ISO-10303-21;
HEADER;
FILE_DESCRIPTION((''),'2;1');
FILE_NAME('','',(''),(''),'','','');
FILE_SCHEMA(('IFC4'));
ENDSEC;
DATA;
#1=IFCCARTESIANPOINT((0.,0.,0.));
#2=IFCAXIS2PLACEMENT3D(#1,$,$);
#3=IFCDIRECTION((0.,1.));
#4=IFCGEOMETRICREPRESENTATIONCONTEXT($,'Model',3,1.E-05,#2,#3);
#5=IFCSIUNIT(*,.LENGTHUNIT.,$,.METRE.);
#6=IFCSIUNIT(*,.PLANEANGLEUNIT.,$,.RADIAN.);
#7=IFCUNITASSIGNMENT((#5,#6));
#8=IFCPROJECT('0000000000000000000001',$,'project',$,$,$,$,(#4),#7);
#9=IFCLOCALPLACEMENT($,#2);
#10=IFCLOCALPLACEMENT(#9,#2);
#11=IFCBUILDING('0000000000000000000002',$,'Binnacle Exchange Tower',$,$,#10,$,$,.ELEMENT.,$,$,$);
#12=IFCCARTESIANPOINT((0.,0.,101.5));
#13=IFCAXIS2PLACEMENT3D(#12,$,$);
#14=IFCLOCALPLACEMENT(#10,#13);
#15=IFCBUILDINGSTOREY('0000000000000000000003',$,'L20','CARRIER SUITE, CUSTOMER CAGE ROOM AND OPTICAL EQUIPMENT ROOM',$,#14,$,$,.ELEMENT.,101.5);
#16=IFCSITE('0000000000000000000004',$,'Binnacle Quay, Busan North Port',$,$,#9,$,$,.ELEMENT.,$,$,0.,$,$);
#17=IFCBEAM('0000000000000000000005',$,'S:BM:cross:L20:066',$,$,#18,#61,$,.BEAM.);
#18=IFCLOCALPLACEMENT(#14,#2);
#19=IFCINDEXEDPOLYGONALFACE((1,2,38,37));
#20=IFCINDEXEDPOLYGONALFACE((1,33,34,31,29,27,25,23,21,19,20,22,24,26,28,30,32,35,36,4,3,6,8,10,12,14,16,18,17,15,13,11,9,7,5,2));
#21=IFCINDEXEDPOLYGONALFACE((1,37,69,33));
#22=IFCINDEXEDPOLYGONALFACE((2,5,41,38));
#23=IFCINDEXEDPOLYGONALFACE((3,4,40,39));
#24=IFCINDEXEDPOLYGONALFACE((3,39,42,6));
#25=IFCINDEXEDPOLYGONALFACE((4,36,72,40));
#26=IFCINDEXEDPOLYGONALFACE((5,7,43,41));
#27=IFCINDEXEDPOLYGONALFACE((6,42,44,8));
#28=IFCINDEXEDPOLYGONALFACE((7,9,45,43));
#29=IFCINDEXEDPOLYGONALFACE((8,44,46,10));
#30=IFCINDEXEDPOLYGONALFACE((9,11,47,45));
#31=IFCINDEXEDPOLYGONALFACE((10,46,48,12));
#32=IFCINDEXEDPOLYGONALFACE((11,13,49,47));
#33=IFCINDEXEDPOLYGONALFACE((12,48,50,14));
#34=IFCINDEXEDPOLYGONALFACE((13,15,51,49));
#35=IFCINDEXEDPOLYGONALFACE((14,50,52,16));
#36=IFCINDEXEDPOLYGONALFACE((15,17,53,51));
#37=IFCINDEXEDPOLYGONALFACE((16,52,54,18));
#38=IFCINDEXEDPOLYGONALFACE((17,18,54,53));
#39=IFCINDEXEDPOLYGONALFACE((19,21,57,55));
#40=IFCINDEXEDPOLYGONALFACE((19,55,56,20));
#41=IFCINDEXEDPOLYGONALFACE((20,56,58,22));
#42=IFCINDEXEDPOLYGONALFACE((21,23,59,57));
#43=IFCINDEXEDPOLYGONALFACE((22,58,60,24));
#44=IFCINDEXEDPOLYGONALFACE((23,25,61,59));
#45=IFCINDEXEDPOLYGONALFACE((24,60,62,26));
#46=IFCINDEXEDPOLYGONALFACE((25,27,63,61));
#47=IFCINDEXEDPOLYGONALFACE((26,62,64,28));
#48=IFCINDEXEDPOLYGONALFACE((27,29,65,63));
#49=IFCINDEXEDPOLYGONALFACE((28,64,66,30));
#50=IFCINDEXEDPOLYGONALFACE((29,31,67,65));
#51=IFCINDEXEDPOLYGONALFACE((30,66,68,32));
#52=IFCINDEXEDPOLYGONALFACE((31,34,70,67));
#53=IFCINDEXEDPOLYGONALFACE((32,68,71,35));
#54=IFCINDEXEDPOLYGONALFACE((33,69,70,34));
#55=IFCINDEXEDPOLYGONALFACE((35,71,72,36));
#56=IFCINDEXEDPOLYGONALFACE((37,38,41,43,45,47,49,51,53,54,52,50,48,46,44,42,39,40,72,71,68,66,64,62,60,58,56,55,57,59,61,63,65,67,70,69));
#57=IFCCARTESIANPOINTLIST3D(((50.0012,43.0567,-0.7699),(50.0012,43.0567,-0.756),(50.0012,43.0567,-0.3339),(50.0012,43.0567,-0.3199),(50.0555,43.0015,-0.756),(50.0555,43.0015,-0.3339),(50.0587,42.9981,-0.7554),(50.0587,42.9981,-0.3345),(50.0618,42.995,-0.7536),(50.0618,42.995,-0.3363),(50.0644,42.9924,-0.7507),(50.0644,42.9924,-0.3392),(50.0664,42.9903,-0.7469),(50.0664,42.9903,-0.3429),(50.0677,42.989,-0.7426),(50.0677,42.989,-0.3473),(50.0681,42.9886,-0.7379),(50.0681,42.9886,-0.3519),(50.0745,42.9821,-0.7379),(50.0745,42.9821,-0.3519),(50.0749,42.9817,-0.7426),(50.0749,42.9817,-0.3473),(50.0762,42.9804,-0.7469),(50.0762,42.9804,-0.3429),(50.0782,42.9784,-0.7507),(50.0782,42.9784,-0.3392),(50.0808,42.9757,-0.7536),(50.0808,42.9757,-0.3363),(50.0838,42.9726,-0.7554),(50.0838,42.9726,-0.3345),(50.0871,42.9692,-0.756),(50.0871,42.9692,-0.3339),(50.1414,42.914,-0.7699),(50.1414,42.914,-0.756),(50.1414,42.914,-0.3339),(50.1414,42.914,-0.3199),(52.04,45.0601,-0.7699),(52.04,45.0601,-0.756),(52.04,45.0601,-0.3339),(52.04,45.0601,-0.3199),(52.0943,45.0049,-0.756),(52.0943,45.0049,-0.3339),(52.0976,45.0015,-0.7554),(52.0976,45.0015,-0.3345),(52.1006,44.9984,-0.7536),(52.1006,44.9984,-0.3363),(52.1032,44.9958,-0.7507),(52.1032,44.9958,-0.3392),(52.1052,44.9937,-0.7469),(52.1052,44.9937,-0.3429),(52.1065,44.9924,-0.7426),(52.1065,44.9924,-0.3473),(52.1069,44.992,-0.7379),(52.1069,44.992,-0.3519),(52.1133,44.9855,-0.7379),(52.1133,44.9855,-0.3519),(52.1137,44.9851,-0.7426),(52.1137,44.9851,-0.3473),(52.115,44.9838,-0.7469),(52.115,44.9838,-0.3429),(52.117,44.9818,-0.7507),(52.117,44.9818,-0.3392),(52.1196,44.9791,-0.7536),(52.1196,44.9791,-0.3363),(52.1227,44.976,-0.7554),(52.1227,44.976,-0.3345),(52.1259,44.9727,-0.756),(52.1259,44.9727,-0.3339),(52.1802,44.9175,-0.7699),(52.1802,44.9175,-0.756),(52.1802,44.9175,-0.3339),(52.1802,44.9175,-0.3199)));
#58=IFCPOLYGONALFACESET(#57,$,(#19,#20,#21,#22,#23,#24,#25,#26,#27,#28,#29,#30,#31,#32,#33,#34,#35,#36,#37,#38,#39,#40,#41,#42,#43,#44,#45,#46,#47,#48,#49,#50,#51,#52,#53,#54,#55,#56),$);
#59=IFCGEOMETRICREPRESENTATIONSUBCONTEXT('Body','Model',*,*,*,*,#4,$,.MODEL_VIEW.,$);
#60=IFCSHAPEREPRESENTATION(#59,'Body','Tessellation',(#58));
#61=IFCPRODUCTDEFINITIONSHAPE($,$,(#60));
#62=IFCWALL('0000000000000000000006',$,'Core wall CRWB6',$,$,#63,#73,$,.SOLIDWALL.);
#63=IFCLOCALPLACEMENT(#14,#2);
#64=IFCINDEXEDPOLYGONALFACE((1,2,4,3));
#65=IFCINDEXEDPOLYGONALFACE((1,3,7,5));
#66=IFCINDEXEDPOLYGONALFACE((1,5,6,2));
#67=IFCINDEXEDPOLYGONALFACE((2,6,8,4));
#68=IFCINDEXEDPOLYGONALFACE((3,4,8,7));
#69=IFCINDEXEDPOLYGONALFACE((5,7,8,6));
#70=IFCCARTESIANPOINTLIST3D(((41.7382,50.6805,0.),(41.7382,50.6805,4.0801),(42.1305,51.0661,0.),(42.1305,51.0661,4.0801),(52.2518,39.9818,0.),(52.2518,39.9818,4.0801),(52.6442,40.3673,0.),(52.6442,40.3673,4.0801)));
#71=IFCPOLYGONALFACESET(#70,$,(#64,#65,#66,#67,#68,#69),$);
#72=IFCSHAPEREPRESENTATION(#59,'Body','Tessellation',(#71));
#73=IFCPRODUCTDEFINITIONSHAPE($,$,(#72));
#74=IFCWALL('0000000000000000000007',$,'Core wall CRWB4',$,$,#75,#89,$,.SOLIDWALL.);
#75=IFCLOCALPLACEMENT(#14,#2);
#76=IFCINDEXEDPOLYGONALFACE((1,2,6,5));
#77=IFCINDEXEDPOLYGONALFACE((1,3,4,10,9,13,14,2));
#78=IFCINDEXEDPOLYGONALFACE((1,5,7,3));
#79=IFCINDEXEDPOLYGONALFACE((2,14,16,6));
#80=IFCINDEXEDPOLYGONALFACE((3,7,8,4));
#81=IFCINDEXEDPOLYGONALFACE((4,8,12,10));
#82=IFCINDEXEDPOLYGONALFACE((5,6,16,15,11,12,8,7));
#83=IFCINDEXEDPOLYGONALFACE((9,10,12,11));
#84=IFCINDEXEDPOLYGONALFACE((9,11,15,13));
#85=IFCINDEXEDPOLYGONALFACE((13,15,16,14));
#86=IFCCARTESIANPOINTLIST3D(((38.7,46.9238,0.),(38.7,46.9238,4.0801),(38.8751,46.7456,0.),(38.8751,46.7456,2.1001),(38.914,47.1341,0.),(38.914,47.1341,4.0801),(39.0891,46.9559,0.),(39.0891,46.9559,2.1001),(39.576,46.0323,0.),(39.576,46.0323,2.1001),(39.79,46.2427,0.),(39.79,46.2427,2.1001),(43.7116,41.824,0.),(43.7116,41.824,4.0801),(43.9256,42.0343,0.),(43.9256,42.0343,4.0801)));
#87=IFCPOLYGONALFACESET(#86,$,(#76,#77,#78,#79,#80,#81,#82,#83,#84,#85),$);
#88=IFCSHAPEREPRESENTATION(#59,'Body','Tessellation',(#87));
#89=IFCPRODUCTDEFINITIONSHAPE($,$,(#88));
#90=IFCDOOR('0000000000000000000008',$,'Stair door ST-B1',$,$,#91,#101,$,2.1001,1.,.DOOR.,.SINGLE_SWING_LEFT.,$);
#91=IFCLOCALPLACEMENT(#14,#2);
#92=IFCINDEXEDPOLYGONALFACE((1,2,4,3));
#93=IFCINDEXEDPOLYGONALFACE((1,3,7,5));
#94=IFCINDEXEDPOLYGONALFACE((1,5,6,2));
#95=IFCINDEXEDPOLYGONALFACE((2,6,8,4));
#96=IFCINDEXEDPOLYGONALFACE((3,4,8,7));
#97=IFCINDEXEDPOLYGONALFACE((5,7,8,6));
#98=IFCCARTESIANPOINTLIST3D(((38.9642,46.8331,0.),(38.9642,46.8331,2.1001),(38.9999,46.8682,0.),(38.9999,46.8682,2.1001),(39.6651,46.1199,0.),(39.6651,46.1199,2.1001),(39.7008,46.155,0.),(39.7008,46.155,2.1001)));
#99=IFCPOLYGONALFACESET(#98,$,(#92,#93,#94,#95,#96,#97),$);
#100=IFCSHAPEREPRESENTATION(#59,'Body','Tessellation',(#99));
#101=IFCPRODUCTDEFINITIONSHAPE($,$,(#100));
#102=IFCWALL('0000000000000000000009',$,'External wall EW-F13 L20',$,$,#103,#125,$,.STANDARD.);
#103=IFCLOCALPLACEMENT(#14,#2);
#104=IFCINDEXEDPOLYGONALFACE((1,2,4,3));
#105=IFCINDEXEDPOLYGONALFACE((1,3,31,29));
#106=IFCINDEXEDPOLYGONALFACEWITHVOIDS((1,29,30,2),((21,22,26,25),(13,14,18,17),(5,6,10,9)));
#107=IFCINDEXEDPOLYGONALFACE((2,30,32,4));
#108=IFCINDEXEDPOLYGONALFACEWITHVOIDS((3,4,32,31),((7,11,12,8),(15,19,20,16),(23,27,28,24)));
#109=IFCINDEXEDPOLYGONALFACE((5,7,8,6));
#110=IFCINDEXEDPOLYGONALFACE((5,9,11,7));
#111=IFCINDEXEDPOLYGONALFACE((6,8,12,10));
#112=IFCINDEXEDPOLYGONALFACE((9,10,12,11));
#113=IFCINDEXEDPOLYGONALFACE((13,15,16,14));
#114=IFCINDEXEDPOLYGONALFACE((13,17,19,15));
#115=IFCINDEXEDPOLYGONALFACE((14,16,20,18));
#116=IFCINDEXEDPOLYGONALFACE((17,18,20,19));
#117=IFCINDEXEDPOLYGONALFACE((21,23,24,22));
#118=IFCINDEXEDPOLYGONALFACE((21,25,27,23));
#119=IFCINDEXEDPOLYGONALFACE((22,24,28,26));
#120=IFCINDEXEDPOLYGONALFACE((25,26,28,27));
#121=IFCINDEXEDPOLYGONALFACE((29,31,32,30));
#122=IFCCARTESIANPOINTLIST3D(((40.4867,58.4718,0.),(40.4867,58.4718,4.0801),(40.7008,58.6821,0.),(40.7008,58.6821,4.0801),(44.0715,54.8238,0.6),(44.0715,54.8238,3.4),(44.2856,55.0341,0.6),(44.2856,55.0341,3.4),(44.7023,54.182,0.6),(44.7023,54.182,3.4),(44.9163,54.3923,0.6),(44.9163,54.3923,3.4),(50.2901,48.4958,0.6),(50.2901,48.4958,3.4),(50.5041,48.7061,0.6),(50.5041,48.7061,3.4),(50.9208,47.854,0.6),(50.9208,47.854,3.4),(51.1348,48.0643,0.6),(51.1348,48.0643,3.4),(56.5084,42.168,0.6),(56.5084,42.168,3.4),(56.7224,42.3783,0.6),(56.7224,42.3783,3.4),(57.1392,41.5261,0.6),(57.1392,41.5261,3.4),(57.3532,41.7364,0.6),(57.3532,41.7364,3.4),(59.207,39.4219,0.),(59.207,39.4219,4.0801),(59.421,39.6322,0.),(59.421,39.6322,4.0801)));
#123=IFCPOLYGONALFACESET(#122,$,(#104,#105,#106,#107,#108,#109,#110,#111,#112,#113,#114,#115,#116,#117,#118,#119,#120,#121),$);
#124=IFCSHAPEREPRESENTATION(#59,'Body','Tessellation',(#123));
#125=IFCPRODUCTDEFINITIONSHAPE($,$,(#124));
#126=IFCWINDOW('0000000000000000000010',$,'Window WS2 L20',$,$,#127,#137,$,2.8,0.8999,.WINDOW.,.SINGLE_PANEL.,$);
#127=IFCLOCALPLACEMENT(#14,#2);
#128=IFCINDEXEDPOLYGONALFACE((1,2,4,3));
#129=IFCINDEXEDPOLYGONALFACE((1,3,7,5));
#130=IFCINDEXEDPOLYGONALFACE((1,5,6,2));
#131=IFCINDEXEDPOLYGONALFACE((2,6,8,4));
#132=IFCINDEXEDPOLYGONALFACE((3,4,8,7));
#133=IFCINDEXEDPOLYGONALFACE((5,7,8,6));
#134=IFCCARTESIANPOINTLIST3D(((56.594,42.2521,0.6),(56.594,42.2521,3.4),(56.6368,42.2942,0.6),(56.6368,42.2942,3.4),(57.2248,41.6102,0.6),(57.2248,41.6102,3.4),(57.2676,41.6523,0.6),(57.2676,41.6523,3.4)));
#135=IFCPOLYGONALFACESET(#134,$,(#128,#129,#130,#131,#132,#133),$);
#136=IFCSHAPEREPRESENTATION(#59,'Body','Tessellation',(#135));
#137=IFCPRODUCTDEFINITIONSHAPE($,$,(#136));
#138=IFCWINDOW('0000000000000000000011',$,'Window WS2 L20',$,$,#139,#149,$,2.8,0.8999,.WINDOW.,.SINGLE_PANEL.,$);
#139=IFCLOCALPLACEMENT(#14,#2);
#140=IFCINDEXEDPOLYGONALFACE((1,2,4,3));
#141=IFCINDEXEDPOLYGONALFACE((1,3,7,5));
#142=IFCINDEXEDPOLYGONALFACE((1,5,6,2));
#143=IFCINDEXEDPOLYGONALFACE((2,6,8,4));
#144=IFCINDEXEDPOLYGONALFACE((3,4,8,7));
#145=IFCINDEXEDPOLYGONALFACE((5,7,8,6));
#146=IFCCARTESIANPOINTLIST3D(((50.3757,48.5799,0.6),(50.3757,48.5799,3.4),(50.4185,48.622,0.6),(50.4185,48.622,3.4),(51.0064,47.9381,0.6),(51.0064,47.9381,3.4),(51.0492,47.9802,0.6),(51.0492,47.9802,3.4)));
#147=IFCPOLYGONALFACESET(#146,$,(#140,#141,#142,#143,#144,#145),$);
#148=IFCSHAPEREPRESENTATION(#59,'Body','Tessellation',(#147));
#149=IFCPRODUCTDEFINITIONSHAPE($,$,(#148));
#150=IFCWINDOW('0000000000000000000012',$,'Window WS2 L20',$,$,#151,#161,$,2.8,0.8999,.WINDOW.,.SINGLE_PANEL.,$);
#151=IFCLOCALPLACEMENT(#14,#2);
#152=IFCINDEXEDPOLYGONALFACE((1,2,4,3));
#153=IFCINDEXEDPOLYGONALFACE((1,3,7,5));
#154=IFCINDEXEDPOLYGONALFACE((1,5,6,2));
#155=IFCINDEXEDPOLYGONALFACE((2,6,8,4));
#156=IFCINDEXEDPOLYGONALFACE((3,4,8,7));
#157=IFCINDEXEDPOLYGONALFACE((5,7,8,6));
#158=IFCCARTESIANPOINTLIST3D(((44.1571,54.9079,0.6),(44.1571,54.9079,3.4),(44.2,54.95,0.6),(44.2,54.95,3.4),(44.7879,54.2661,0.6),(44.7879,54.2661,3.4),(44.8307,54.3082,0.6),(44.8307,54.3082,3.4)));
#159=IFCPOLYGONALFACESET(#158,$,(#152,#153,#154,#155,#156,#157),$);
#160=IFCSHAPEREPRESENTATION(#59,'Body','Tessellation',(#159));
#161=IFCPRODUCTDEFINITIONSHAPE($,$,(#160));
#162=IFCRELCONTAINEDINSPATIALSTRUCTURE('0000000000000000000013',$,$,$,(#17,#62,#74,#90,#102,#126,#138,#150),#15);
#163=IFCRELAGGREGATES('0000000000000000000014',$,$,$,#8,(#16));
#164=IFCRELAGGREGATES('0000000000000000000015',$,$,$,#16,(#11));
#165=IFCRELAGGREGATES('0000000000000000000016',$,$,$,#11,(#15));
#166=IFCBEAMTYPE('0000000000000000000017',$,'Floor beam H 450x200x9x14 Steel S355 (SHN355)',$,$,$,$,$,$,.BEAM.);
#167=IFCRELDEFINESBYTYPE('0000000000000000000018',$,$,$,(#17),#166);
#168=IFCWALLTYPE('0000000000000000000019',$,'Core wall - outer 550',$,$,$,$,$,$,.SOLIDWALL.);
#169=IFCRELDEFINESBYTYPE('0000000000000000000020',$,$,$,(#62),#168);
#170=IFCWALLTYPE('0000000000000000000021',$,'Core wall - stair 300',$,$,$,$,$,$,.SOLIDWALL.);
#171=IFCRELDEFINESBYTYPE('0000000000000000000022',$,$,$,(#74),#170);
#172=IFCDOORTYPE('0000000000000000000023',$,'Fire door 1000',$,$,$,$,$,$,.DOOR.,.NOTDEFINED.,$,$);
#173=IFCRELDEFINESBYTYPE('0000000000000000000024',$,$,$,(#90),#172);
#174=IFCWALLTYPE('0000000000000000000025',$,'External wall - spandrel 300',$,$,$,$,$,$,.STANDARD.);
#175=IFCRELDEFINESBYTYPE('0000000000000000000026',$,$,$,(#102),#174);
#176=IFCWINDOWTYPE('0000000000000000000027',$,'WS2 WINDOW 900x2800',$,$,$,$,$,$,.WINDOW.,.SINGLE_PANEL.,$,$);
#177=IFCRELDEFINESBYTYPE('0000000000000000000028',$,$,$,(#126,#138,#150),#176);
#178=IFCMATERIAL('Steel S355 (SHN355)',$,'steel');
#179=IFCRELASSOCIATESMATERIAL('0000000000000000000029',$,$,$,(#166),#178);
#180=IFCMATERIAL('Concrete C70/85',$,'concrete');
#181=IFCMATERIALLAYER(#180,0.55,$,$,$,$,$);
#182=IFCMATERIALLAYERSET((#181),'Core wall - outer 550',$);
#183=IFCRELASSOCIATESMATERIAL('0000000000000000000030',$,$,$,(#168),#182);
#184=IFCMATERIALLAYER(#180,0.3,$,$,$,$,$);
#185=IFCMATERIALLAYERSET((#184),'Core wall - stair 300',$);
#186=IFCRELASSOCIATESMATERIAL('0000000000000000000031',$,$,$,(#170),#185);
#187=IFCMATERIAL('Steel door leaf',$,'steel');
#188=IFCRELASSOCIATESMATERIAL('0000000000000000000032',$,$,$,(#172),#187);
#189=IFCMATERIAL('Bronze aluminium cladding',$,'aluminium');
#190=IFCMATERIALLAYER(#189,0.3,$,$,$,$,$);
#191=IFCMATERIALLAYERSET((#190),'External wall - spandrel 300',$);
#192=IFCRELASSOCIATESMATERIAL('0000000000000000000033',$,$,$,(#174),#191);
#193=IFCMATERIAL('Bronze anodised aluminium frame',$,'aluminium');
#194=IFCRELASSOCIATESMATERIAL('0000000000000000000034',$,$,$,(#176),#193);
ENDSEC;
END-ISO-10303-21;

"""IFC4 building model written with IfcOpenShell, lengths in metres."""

from ifc_helpers import new_model, si_unit, direction, frame, frame_2d, origin, origin_2d, place, context, subcontext, project, spatial, rectangle, i_section, extrude, material, layer, layer_set, material_profile, profile_set, type_object, element, fill, save


model = new_model("IFC4")

# Units and contexts
model_context = context("Model", 3, precision=1e-05, world=origin(), true_north=direction((0.0, 1.0)))
body_context = subcontext(model_context, "Body", "Model", "MODEL_VIEW")
ifc_project = project(units=[si_unit("LENGTHUNIT", "METRE"), si_unit("PLANEANGLEUNIT", "RADIAN")], contexts=[model_context])

# Site, building, storey
site_placement = place(None, origin())
site = spatial("IfcSite", under=ifc_project, at=site_placement, Name="Binnacle Quay, Busan North Port", CompositionType="ELEMENT", RefElevation=0.0)
building_placement = place(site_placement, origin())
building = spatial("IfcBuilding", under=site, at=building_placement, Name="Binnacle Exchange Tower", CompositionType="ELEMENT")
storey_placement = place(building_placement, frame((0.0, 0.0, 101.5)))
storey = spatial("IfcBuildingStorey", under=building, at=storey_placement, Name="L20", Description="CARRIER SUITE, CUSTOMER CAGE ROOM AND OPTICAL EQUIPMENT ROOM", CompositionType="ELEMENT", Elevation=101.5)

# Shared definitions
ifc_material_1 = material(Name="Concrete C70/85", Category="concrete")

# Beam
ifc_material_2 = material(Name="Steel S355 (SHN355)", Category="steel")
ifc_material_profile_1 = material_profile(ifc_material_2, i_section(OverallWidth=0.2, OverallDepth=0.45, WebThickness=0.009, FlangeThickness=0.0139, FilletRadius=0.0181, at=origin_2d()), Name="H 450x200x9x14")
ifc_profile_set_1 = profile_set([ifc_material_profile_1], Name="Steel S355 (SHN355)")
beam_type_1 = type_object("IfcBeamType", Name="Floor beam H 450x200x9x14 Steel S355 (SHN355)", PredefinedType="BEAM", material=ifc_profile_set_1)
for number, where, z_axis, x_axis, name in (
    (1, (52.1101, 44.9888, -0.5449), (-0.713272, -0.700887, 0.0), (0.700887, -0.713272, 0.0), "S:BM:cross:L20:066"),
):
    element("IfcBeam", number, at=place(storey_placement, frame(where, z_axis=z_axis, x_axis=x_axis)), inside=storey, type_object=beam_type_1, Name=name, PredefinedType="BEAM", context=body_context, shape_type="SweptSolid", body=[
        extrude(i_section(OverallWidth=0.2, OverallDepth=0.45, WebThickness=0.009, FlangeThickness=0.0139, FilletRadius=0.0181, at=origin_2d()), origin(), (0.0, 0.0, 1.0), 2.8584),
    ])

# Wall
ifc_layer_1 = layer(ifc_material_1, 0.55)
ifc_layer_set_1 = layer_set([ifc_layer_1], Name="Core wall - outer 550")
wall_type_1 = type_object("IfcWallType", Name="Core wall - outer 550", PredefinedType="SOLIDWALL", material=ifc_layer_set_1)
wall_1_placement = place(storey_placement, frame((41.9343, 50.8733, 0.0), z_axis=(0.0, 0.0, 1.0), x_axis=(0.700911, -0.713248, 0.0)))
element("IfcWall", 2, at=wall_1_placement, inside=storey, type_object=wall_type_1, Name="Core wall CRWB6", PredefinedType="SOLIDWALL", context=body_context, shape_type="SweptSolid", body=[
    extrude(rectangle(XDim=15.0, YDim=0.55, at=frame_2d((7.5, 0.0))), origin(), (0.0, 0.0, 1.0), 4.0801),
])

# Wall, opening, door
ifc_layer_2 = layer(ifc_material_1, 0.3)
ifc_layer_set_2 = layer_set([ifc_layer_2], Name="Core wall - stair 300")
wall_type_2 = type_object("IfcWallType", Name="Core wall - stair 300", PredefinedType="SOLIDWALL", material=ifc_layer_set_2)
wall_2_placement = place(storey_placement, frame((38.8069, 47.0291, 0.0), z_axis=(0.0, 0.0, 1.0), x_axis=(0.700917, -0.713243, 0.0)))
wall_2 = element("IfcWall", 3, at=wall_2_placement, inside=storey, type_object=wall_type_2, Name="Core wall CRWB4", PredefinedType="SOLIDWALL", context=body_context, shape_type="SweptSolid", body=[
    extrude(rectangle(XDim=7.1501, YDim=0.3, at=frame_2d((3.5752, 0.0))), origin(), (0.0, 0.0, 1.0), 4.0801),
])
opening_1_placement = place(wall_2_placement, frame((0.25, 0.0, 0.0)))
opening_1 = element("IfcOpeningElement", 4, at=opening_1_placement, cuts=wall_2, PredefinedType="OPENING", context=body_context, shape_type="SweptSolid", body=[
    extrude(rectangle(XDim=1.0, YDim=2.1001, at=frame_2d((0.5, 1.05))), frame((0.0, 0.1599, 0.0), z_axis=(0.0, -1.0, 0.0), x_axis=(1.0, 0.0, 0.0)), (0.0, 0.0, 1.0), 0.3201),
])
ifc_material_3 = material(Name="Steel door leaf", Category="steel")
door_type = type_object("IfcDoorType", Name="Fire door 1000", OperationType="NOTDEFINED", PredefinedType="DOOR", material=ifc_material_3)
door_placement = place(opening_1_placement, origin())
door = element("IfcDoor", 5, at=door_placement, inside=storey, type_object=door_type, Name="Stair door ST-B1", OperationType="SINGLE_SWING_LEFT", OverallHeight=2.1001, OverallWidth=1.0, PredefinedType="DOOR", context=body_context, shape_type="SweptSolid", body=[
    extrude(rectangle(XDim=1.0, YDim=2.1001, at=frame_2d((0.5, 1.05))), frame((0.0, 0.0249, 0.0), z_axis=(0.0, -1.0, 0.0), x_axis=(1.0, 0.0, 0.0)), (0.0, 0.0, 1.0), 0.05),
])
fill(opening_1, door)

# Wall, openings, windows
ifc_material_4 = material(Name="Bronze aluminium cladding", Category="aluminium")
ifc_layer_3 = layer(ifc_material_4, 0.3)
ifc_layer_set_3 = layer_set([ifc_layer_3], Name="External wall - spandrel 300")
wall_type_3 = type_object("IfcWallType", Name="External wall - spandrel 300", PredefinedType="STANDARD", material=ifc_layer_set_3)
wall_3_placement = place(storey_placement, frame((40.5938, 58.5769, 0.0), z_axis=(0.0, 0.0, 1.0), x_axis=(0.70091, -0.71325, 0.0)))
wall_3 = element("IfcWall", 6, at=wall_3_placement, inside=storey, type_object=wall_type_3, Name="External wall EW-F13 L20", PredefinedType="STANDARD", context=body_context, shape_type="SweptSolid", body=[
    extrude(rectangle(XDim=26.7085, YDim=0.3, at=frame_2d((13.3542, 0.0))), origin(), (0.0, 0.0, 1.0), 4.0801),
])
opening_2_placement = place(wall_3_placement, frame((22.8584, 0.0, 0.6001)))
opening_2 = element("IfcOpeningElement", 7, at=opening_2_placement, cuts=wall_3, PredefinedType="OPENING", context=body_context, shape_type="SweptSolid", body=[
    extrude(rectangle(XDim=0.8999, YDim=2.8, at=frame_2d((0.45, 1.3999))), frame((0.0, 0.1599, 0.0), z_axis=(0.0, -1.0, 0.0), x_axis=(1.0, 0.0, 0.0)), (0.0, 0.0, 1.0), 0.3201),
])
opening_3_placement = place(wall_3_placement, frame((13.9866, 0.0, 0.6001)))
opening_3 = element("IfcOpeningElement", 8, at=opening_3_placement, cuts=wall_3, PredefinedType="OPENING", context=body_context, shape_type="SweptSolid", body=[
    extrude(rectangle(XDim=0.8999, YDim=2.8, at=frame_2d((0.45, 1.3999))), frame((0.0, 0.1599, 0.0), z_axis=(0.0, -1.0, 0.0), x_axis=(1.0, 0.0, 0.0)), (0.0, 0.0, 1.0), 0.3201),
])
opening_4_placement = place(wall_3_placement, frame((5.1145, 0.0, 0.6001)))
opening_4 = element("IfcOpeningElement", 9, at=opening_4_placement, cuts=wall_3, PredefinedType="OPENING", context=body_context, shape_type="SweptSolid", body=[
    extrude(rectangle(XDim=0.8999, YDim=2.8, at=frame_2d((0.45, 1.3999))), frame((0.0, 0.1599, 0.0), z_axis=(0.0, -1.0, 0.0), x_axis=(1.0, 0.0, 0.0)), (0.0, 0.0, 1.0), 0.3201),
])
ifc_material_5 = material(Name="Bronze anodised aluminium frame", Category="aluminium")
window_type = type_object("IfcWindowType", Name="WS2 WINDOW 900x2800", PartitioningType="SINGLE_PANEL", PredefinedType="WINDOW", material=ifc_material_5)
window_1_placement = place(opening_2_placement, origin())
window_1 = element("IfcWindow", 10, at=window_1_placement, inside=storey, type_object=window_type, Name="Window WS2 L20", OverallHeight=2.8, OverallWidth=0.8999, PartitioningType="SINGLE_PANEL", PredefinedType="WINDOW", context=body_context, shape_type="SweptSolid", body=[
    extrude(rectangle(XDim=0.8999, YDim=2.8, at=frame_2d((0.45, 1.3999))), frame((0.0, 0.03, 0.0), z_axis=(0.0, -1.0, 0.0), x_axis=(1.0, 0.0, 0.0)), (0.0, 0.0, 1.0), 0.0601),
])
fill(opening_2, window_1)
window_2_placement = place(opening_3_placement, origin())
window_2 = element("IfcWindow", 11, at=window_2_placement, inside=storey, type_object=window_type, Name="Window WS2 L20", OverallHeight=2.8, OverallWidth=0.8999, PartitioningType="SINGLE_PANEL", PredefinedType="WINDOW", context=body_context, shape_type="SweptSolid", body=[
    extrude(rectangle(XDim=0.8999, YDim=2.8, at=frame_2d((0.45, 1.3999))), frame((0.0, 0.03, 0.0), z_axis=(0.0, -1.0, 0.0), x_axis=(1.0, 0.0, 0.0)), (0.0, 0.0, 1.0), 0.0601),
])
fill(opening_3, window_2)
window_3_placement = place(opening_4_placement, origin())
window_3 = element("IfcWindow", 12, at=window_3_placement, inside=storey, type_object=window_type, Name="Window WS2 L20", OverallHeight=2.8, OverallWidth=0.8999, PartitioningType="SINGLE_PANEL", PredefinedType="WINDOW", context=body_context, shape_type="SweptSolid", body=[
    extrude(rectangle(XDim=0.8999, YDim=2.8, at=frame_2d((0.45, 1.3999))), frame((0.0, 0.03, 0.0), z_axis=(0.0, -1.0, 0.0), x_axis=(1.0, 0.0, 0.0)), (0.0, 0.0, 1.0), 0.0601),
])
fill(opening_4, window_3)

save(model, "model.ifc")
